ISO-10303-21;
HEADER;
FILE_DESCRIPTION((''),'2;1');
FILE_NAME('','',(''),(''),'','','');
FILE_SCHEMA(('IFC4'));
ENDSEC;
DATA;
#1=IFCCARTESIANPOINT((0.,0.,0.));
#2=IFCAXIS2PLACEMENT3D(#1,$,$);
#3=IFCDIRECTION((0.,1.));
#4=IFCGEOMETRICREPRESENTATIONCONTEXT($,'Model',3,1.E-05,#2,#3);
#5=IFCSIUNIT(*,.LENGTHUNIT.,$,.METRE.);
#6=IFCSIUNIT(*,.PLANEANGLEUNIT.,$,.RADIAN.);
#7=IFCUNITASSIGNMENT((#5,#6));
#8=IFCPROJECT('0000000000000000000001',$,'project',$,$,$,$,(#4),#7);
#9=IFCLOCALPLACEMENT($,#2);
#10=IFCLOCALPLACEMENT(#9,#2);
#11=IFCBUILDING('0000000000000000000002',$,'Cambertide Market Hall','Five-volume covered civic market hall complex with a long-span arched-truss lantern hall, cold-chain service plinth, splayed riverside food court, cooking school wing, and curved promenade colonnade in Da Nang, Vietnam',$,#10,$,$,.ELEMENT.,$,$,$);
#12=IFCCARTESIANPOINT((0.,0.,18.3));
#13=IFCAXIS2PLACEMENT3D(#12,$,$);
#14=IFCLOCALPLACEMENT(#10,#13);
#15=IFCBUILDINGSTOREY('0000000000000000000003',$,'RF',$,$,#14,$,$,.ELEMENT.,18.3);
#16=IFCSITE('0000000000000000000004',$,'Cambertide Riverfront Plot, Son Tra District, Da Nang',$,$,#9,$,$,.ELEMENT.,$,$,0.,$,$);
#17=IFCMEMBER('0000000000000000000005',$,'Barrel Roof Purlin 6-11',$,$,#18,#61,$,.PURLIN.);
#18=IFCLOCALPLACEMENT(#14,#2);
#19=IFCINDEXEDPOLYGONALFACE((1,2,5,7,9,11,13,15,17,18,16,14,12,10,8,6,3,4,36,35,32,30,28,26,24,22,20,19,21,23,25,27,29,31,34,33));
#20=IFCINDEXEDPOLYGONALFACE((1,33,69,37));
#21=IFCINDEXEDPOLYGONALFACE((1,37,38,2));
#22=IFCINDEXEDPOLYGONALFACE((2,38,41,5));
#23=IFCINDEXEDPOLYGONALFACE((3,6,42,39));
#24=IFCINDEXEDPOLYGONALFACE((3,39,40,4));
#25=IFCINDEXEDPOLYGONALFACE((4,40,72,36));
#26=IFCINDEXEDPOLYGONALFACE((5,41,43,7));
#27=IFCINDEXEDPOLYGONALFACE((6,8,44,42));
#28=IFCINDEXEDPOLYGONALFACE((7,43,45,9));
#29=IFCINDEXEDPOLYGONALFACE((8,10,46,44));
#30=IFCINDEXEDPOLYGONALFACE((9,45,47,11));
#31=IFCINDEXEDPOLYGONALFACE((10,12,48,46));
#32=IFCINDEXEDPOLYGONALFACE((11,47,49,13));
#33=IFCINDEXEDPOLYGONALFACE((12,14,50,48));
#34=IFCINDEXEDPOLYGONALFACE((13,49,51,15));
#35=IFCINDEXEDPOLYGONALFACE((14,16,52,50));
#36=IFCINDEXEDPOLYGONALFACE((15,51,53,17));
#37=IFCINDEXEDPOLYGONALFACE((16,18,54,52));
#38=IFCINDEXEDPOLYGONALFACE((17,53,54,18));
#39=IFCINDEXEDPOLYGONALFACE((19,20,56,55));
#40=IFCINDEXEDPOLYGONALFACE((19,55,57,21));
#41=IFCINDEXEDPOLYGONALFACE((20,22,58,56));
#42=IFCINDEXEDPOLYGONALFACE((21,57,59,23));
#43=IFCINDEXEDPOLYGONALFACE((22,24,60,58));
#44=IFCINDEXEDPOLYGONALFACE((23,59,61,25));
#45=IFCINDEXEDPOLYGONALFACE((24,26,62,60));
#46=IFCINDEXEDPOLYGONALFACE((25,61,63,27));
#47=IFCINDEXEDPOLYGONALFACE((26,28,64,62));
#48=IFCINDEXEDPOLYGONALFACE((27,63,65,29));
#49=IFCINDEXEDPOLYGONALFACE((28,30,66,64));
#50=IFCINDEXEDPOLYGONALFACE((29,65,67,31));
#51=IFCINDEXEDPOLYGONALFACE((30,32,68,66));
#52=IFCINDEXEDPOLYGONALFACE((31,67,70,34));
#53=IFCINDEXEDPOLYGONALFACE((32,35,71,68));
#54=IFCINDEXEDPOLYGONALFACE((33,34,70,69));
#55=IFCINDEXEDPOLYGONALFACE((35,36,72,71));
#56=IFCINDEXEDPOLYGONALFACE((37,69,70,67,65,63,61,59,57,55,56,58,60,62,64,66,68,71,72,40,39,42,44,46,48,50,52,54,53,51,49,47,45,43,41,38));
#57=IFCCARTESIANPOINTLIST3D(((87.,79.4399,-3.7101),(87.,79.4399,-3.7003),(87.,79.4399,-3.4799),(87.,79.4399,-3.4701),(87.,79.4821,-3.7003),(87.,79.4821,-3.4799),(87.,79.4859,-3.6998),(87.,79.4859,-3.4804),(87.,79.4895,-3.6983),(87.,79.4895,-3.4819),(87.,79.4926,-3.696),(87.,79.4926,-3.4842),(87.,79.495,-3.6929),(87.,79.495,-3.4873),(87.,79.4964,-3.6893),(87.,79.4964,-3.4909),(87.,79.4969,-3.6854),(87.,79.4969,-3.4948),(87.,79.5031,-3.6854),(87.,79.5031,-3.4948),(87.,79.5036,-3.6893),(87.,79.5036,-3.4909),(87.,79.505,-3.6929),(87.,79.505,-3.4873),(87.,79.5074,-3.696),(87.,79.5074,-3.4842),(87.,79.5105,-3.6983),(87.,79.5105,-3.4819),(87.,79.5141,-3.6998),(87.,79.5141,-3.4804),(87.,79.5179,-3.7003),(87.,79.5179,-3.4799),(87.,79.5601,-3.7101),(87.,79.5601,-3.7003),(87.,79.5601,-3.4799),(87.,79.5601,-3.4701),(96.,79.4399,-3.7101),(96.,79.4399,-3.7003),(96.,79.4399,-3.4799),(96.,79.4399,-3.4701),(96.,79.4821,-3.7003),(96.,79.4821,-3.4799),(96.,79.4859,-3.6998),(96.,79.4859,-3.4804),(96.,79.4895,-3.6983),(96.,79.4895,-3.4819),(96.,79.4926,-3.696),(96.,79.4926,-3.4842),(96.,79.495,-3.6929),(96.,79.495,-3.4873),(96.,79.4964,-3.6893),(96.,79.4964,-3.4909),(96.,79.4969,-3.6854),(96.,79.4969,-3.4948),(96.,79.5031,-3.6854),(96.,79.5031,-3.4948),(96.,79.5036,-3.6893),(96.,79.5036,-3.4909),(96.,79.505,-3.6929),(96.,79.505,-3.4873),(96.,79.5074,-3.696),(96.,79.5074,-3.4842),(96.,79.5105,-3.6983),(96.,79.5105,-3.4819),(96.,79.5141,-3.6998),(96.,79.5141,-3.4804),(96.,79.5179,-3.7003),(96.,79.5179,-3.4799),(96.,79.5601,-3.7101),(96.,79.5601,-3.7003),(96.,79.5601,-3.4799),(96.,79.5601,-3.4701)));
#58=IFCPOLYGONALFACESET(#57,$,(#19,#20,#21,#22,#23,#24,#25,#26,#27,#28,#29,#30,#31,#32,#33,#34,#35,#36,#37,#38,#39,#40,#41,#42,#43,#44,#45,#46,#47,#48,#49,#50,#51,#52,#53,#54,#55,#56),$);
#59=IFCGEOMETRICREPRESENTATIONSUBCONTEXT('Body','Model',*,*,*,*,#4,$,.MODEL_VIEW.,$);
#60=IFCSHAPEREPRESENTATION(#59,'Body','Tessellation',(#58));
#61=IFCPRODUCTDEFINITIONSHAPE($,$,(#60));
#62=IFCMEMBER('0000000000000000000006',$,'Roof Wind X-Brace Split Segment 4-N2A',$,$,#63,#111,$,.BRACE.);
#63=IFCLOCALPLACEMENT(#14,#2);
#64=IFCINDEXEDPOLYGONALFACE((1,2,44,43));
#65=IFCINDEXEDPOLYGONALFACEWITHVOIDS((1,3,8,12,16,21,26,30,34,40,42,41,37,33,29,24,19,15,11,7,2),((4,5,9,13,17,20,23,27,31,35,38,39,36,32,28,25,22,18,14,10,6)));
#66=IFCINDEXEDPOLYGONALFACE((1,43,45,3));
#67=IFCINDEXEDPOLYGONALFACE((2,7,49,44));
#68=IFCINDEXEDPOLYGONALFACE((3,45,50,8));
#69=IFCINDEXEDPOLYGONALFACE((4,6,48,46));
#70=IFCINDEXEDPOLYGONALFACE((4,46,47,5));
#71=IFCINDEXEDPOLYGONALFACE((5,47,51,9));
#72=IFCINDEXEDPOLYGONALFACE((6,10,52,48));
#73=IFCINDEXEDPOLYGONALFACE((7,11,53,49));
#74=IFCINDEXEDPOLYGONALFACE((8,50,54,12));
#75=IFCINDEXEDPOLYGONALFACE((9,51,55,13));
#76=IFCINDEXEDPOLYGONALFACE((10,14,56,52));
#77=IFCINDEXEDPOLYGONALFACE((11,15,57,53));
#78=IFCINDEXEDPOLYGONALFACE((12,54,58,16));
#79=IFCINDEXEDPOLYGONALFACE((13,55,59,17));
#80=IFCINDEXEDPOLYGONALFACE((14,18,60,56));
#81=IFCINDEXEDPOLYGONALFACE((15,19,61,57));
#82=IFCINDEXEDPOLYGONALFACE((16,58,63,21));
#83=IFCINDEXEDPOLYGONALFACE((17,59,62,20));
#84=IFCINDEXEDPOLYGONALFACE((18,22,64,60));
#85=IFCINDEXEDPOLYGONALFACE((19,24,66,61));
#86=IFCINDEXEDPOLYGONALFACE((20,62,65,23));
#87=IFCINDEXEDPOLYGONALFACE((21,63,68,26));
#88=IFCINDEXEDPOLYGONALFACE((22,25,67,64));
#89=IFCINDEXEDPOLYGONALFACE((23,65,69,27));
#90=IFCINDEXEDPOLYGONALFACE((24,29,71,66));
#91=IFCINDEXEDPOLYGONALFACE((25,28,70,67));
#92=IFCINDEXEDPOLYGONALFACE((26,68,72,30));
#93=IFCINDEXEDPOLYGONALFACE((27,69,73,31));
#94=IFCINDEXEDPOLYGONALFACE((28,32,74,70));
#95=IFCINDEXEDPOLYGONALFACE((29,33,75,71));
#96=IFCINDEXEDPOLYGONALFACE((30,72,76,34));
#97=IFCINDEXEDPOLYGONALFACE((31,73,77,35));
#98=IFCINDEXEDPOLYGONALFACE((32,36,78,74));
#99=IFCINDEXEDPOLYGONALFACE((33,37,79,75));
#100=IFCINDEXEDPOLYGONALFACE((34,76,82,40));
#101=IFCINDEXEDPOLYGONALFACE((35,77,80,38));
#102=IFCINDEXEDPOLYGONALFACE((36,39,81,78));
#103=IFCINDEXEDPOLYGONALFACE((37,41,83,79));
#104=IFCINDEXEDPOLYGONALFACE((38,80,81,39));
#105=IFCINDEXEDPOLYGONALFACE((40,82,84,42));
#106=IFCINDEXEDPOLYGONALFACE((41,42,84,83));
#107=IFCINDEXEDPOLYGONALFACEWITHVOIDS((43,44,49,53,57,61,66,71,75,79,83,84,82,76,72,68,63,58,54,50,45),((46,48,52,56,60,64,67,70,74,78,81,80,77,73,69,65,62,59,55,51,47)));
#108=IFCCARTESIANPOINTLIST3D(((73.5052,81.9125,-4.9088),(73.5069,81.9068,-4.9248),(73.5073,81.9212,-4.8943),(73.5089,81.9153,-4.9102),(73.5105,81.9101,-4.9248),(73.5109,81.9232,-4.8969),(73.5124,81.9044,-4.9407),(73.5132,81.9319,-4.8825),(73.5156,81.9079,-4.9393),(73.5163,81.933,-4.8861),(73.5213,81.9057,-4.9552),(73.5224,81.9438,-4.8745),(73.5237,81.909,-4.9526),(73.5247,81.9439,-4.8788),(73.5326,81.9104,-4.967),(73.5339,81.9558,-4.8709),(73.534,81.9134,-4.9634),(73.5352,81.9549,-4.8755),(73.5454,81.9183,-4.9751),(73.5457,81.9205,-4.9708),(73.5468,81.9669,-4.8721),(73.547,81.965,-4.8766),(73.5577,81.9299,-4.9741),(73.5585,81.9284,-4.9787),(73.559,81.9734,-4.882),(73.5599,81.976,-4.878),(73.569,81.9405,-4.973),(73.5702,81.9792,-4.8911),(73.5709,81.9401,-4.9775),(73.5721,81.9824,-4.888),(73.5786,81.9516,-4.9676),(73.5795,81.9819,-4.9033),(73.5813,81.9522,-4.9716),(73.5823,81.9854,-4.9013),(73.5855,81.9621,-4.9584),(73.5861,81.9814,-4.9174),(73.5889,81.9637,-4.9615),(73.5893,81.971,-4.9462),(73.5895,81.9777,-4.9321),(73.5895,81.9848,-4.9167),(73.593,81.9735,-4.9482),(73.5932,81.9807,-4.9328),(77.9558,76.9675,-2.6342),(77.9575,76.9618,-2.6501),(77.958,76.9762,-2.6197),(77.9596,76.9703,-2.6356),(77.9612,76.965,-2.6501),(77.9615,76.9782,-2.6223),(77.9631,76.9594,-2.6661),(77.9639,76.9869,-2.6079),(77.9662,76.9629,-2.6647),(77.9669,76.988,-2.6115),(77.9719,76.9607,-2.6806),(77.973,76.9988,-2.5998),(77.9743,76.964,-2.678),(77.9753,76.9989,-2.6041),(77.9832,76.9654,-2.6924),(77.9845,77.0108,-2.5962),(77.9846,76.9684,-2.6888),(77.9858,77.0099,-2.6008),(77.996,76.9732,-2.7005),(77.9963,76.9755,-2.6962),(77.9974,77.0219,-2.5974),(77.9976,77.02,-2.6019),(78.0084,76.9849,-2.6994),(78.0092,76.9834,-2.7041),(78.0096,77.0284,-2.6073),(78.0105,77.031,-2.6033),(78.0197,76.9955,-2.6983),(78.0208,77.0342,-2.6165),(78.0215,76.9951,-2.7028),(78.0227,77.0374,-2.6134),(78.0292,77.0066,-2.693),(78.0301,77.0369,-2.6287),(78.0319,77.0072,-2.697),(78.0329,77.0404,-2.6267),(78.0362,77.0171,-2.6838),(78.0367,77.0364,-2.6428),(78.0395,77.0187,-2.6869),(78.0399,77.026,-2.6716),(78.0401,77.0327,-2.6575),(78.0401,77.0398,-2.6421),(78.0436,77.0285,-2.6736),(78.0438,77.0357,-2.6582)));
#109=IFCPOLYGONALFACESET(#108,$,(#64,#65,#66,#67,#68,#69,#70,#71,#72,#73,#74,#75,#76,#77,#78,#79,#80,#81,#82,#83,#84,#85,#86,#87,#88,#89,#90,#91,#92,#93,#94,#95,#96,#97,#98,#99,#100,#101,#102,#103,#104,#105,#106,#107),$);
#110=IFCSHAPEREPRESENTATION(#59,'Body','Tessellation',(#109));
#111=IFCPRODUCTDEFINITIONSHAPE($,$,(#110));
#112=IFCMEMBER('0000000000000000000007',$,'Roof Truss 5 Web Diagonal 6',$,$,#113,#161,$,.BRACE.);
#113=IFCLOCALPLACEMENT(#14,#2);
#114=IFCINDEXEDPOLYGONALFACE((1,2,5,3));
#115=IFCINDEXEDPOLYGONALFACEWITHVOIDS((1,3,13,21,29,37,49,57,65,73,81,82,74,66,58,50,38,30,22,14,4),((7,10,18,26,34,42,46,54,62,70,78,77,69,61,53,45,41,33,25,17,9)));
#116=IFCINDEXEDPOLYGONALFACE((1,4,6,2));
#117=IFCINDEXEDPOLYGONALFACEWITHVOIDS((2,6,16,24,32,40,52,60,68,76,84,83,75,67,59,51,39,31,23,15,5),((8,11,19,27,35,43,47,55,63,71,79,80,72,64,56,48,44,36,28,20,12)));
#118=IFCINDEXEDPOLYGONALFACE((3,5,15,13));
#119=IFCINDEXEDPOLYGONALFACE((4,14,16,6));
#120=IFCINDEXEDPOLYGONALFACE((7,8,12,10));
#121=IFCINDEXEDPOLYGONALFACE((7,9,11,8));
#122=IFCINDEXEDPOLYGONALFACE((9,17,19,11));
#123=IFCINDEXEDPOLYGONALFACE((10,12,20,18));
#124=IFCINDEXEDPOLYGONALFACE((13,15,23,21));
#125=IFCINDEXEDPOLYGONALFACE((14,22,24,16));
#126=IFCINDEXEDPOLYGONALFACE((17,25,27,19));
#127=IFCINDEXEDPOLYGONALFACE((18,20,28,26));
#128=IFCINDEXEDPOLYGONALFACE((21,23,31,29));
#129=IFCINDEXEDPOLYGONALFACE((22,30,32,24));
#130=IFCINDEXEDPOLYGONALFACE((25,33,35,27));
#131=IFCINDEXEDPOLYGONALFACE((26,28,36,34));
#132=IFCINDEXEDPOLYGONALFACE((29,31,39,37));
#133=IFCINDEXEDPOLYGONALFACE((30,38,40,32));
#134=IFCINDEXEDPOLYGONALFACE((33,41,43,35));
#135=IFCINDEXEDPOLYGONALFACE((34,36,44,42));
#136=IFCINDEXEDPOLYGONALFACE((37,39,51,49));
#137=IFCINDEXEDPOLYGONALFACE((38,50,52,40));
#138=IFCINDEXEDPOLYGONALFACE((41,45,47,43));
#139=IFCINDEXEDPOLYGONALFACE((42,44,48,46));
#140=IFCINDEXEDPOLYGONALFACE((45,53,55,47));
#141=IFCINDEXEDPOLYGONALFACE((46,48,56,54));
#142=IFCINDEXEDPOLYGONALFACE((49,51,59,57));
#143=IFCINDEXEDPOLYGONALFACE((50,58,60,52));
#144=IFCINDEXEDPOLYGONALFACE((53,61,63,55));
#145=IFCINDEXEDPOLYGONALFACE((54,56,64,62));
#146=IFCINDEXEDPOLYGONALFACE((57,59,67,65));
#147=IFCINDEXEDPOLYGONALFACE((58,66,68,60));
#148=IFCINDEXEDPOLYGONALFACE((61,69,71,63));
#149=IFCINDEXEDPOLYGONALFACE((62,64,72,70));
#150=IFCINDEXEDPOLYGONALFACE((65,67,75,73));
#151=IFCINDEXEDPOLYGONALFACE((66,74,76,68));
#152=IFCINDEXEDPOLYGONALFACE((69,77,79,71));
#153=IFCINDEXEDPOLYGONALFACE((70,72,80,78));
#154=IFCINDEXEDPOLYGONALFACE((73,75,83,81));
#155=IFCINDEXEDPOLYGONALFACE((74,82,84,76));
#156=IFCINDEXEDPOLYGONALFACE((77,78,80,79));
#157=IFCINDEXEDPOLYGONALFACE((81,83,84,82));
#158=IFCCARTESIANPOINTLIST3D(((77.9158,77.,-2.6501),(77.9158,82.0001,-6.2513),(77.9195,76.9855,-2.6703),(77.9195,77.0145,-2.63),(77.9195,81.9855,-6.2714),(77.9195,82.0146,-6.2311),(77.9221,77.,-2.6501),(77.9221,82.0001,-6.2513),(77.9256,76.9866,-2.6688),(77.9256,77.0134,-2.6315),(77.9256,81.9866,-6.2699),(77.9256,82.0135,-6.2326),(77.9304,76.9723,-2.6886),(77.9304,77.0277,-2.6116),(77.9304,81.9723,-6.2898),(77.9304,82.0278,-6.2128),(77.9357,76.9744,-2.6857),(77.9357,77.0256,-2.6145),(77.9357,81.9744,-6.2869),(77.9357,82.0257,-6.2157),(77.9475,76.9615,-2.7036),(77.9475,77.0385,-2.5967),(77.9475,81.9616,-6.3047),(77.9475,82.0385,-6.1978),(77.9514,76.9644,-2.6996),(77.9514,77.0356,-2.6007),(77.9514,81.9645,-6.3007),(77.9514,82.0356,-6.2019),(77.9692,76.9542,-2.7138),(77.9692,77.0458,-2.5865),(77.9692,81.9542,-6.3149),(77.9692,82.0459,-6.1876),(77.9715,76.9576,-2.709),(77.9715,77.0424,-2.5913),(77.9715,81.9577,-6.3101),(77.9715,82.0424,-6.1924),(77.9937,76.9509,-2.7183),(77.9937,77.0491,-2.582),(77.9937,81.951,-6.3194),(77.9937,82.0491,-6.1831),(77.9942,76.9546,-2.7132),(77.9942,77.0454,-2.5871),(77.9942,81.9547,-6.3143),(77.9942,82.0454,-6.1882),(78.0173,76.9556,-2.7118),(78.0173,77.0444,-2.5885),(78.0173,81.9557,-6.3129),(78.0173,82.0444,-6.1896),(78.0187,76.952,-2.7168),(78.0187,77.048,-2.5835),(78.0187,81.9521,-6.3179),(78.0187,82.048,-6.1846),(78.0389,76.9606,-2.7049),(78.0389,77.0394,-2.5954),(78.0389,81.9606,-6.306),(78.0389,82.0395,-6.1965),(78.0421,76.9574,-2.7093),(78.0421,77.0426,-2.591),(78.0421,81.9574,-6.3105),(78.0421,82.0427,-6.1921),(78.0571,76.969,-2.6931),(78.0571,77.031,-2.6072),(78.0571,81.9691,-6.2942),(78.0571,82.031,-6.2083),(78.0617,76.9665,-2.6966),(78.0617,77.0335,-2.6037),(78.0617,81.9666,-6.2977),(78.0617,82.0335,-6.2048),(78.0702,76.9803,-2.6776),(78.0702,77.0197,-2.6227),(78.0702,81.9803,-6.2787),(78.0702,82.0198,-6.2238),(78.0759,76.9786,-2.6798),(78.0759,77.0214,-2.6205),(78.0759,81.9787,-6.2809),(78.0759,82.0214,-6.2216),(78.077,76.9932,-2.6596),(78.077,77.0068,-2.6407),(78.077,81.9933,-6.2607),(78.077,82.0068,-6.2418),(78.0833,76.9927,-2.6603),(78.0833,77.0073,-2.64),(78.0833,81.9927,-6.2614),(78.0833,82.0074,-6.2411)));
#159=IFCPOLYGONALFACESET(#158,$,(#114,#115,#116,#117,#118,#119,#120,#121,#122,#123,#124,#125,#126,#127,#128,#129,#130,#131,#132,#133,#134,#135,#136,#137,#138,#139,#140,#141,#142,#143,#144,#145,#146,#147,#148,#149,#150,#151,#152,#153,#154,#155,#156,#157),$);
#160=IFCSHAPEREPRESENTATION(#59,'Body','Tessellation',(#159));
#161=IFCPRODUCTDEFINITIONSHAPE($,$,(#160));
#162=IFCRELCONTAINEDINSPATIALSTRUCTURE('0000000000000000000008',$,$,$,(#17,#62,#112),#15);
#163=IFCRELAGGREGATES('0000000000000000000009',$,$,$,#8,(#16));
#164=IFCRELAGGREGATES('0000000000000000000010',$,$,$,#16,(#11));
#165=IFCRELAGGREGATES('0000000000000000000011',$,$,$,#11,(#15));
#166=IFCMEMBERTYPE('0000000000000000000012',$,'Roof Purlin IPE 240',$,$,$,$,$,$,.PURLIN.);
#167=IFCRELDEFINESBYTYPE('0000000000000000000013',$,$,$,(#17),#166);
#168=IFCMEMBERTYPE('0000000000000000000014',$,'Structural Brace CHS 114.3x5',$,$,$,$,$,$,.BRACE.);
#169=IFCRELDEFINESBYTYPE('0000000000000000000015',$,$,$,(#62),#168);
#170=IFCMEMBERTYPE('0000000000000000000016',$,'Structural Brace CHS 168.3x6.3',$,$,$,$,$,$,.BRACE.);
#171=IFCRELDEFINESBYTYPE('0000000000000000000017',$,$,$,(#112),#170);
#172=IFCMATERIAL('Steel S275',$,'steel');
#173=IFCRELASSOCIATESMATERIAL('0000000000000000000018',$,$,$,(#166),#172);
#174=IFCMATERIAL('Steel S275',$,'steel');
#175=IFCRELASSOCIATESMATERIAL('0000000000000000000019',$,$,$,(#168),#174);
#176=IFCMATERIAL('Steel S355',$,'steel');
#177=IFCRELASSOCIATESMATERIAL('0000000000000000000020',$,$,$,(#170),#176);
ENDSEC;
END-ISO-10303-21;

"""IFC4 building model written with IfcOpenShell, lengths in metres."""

from ifc_helpers import new_model, si_unit, direction, frame, origin, origin_2d, place, context, subcontext, project, spatial, hollow_circle, i_section, extrude, material, material_profile, profile_set, type_object, element, save


model = new_model("IFC4")

# Units and contexts
model_context = context("Model", 3, precision=1e-05, world=origin(), true_north=direction((0.0, 1.0)))
body_context = subcontext(model_context, "Body", "Model", "MODEL_VIEW")
ifc_project = project(units=[si_unit("LENGTHUNIT", "METRE"), si_unit("PLANEANGLEUNIT", "RADIAN")], contexts=[model_context])

# Site, building, storey
site_placement = place(None, origin())
site = spatial("IfcSite", under=ifc_project, at=site_placement, Name="Cambertide Riverfront Plot, Son Tra District, Da Nang", CompositionType="ELEMENT", RefElevation=0.0)
building_placement = place(site_placement, origin())
building = spatial("IfcBuilding", under=site, at=building_placement, Name="Cambertide Market Hall", Description="Five-volume covered civic market hall complex with a long-span arched-truss lantern hall, cold-chain service plinth, splayed riverside food court, cooking school wing, and curved promenade colonnade in Da Nang, Vietnam", CompositionType="ELEMENT")
storey_placement = place(building_placement, frame((0.0, 0.0, 18.3)))
storey = spatial("IfcBuildingStorey", under=building, at=storey_placement, Name="RF", CompositionType="ELEMENT", Elevation=18.3)

# Members
ifc_material_1 = material(Name="Steel S275", Category="steel")
ifc_material_profile_1 = material_profile(ifc_material_1, i_section(OverallWidth=0.1201, OverallDepth=0.24, WebThickness=0.0061, FlangeThickness=0.0098, FilletRadius=0.0149, at=origin_2d()), Name="IPE 240")
ifc_profile_set_1 = profile_set([ifc_material_profile_1], Name="Steel S275")
member_type_1 = type_object("IfcMemberType", Name="Roof Purlin IPE 240", PredefinedType="PURLIN", material=ifc_profile_set_1)
for number, where, z_axis, x_axis, name in (
    (1, (87.0, 79.5, -3.5901), (1.0, 0.0, 0.0), (0.0, 1.0, 0.0), "Barrel Roof Purlin 6-11"),
):
    element("IfcMember", number, at=place(storey_placement, frame(where, z_axis=z_axis, x_axis=x_axis)), inside=storey, type_object=member_type_1, Name=name, PredefinedType="PURLIN", context=body_context, shape_type="SweptSolid", body=[
        extrude(i_section(OverallWidth=0.1201, OverallDepth=0.24, WebThickness=0.0061, FlangeThickness=0.0098, FilletRadius=0.0149, at=origin_2d()), origin(), (0.0, 0.0, 1.0), 9.0),
    ])
ifc_material_2 = material(Name="Steel S275", Category="steel")
ifc_material_profile_2 = material_profile(ifc_material_2, hollow_circle(Radius=0.0571, WallThickness=0.0049, at=origin_2d()), Name="CHS 114.3x5")
ifc_profile_set_2 = profile_set([ifc_material_profile_2], Name="Steel S275")
member_type_2 = type_object("IfcMemberType", Name="Structural Brace CHS 114.3x5", PredefinedType="BRACE", material=ifc_profile_set_2)
member_1_placement = place(storey_placement, frame((78.0, 77.0, -2.6501), z_axis=(-0.633, 0.703314, -0.323514), x_axis=(-0.743285, -0.668975, 0.0)))
element("IfcMember", 2, at=member_1_placement, inside=storey, type_object=member_type_2, Name="Roof Wind X-Brace Split Segment 4-N2A", PredefinedType="BRACE", context=body_context, shape_type="SweptSolid", body=[
    extrude(hollow_circle(Radius=0.0571, WallThickness=0.0049, at=origin_2d()), origin(), (0.0, 0.0, 1.0), 7.031),
])
ifc_material_3 = material(Name="Steel S355", Category="steel")
ifc_material_profile_3 = material_profile(ifc_material_3, hollow_circle(Radius=0.0842, WallThickness=0.0063, at=origin_2d()), Name="CHS 168.3x6.3")
ifc_profile_set_3 = profile_set([ifc_material_profile_3], Name="Steel S355")
member_type_3 = type_object("IfcMemberType", Name="Structural Brace CHS 168.3x6.3", PredefinedType="BRACE", material=ifc_profile_set_3)
member_2_placement = place(storey_placement, frame((78.0, 77.0, -2.6501), z_axis=(0.0, 0.811452, -0.58442), x_axis=(-1.0, 0.0, 0.0)))
element("IfcMember", 3, at=member_2_placement, inside=storey, type_object=member_type_3, Name="Roof Truss 5 Web Diagonal 6", PredefinedType="BRACE", context=body_context, shape_type="SweptSolid", body=[
    extrude(hollow_circle(Radius=0.0842, WallThickness=0.0063, at=origin_2d()), origin(), (0.0, 0.0, 1.0), 6.1619),
])

save(model, "model.ifc")
